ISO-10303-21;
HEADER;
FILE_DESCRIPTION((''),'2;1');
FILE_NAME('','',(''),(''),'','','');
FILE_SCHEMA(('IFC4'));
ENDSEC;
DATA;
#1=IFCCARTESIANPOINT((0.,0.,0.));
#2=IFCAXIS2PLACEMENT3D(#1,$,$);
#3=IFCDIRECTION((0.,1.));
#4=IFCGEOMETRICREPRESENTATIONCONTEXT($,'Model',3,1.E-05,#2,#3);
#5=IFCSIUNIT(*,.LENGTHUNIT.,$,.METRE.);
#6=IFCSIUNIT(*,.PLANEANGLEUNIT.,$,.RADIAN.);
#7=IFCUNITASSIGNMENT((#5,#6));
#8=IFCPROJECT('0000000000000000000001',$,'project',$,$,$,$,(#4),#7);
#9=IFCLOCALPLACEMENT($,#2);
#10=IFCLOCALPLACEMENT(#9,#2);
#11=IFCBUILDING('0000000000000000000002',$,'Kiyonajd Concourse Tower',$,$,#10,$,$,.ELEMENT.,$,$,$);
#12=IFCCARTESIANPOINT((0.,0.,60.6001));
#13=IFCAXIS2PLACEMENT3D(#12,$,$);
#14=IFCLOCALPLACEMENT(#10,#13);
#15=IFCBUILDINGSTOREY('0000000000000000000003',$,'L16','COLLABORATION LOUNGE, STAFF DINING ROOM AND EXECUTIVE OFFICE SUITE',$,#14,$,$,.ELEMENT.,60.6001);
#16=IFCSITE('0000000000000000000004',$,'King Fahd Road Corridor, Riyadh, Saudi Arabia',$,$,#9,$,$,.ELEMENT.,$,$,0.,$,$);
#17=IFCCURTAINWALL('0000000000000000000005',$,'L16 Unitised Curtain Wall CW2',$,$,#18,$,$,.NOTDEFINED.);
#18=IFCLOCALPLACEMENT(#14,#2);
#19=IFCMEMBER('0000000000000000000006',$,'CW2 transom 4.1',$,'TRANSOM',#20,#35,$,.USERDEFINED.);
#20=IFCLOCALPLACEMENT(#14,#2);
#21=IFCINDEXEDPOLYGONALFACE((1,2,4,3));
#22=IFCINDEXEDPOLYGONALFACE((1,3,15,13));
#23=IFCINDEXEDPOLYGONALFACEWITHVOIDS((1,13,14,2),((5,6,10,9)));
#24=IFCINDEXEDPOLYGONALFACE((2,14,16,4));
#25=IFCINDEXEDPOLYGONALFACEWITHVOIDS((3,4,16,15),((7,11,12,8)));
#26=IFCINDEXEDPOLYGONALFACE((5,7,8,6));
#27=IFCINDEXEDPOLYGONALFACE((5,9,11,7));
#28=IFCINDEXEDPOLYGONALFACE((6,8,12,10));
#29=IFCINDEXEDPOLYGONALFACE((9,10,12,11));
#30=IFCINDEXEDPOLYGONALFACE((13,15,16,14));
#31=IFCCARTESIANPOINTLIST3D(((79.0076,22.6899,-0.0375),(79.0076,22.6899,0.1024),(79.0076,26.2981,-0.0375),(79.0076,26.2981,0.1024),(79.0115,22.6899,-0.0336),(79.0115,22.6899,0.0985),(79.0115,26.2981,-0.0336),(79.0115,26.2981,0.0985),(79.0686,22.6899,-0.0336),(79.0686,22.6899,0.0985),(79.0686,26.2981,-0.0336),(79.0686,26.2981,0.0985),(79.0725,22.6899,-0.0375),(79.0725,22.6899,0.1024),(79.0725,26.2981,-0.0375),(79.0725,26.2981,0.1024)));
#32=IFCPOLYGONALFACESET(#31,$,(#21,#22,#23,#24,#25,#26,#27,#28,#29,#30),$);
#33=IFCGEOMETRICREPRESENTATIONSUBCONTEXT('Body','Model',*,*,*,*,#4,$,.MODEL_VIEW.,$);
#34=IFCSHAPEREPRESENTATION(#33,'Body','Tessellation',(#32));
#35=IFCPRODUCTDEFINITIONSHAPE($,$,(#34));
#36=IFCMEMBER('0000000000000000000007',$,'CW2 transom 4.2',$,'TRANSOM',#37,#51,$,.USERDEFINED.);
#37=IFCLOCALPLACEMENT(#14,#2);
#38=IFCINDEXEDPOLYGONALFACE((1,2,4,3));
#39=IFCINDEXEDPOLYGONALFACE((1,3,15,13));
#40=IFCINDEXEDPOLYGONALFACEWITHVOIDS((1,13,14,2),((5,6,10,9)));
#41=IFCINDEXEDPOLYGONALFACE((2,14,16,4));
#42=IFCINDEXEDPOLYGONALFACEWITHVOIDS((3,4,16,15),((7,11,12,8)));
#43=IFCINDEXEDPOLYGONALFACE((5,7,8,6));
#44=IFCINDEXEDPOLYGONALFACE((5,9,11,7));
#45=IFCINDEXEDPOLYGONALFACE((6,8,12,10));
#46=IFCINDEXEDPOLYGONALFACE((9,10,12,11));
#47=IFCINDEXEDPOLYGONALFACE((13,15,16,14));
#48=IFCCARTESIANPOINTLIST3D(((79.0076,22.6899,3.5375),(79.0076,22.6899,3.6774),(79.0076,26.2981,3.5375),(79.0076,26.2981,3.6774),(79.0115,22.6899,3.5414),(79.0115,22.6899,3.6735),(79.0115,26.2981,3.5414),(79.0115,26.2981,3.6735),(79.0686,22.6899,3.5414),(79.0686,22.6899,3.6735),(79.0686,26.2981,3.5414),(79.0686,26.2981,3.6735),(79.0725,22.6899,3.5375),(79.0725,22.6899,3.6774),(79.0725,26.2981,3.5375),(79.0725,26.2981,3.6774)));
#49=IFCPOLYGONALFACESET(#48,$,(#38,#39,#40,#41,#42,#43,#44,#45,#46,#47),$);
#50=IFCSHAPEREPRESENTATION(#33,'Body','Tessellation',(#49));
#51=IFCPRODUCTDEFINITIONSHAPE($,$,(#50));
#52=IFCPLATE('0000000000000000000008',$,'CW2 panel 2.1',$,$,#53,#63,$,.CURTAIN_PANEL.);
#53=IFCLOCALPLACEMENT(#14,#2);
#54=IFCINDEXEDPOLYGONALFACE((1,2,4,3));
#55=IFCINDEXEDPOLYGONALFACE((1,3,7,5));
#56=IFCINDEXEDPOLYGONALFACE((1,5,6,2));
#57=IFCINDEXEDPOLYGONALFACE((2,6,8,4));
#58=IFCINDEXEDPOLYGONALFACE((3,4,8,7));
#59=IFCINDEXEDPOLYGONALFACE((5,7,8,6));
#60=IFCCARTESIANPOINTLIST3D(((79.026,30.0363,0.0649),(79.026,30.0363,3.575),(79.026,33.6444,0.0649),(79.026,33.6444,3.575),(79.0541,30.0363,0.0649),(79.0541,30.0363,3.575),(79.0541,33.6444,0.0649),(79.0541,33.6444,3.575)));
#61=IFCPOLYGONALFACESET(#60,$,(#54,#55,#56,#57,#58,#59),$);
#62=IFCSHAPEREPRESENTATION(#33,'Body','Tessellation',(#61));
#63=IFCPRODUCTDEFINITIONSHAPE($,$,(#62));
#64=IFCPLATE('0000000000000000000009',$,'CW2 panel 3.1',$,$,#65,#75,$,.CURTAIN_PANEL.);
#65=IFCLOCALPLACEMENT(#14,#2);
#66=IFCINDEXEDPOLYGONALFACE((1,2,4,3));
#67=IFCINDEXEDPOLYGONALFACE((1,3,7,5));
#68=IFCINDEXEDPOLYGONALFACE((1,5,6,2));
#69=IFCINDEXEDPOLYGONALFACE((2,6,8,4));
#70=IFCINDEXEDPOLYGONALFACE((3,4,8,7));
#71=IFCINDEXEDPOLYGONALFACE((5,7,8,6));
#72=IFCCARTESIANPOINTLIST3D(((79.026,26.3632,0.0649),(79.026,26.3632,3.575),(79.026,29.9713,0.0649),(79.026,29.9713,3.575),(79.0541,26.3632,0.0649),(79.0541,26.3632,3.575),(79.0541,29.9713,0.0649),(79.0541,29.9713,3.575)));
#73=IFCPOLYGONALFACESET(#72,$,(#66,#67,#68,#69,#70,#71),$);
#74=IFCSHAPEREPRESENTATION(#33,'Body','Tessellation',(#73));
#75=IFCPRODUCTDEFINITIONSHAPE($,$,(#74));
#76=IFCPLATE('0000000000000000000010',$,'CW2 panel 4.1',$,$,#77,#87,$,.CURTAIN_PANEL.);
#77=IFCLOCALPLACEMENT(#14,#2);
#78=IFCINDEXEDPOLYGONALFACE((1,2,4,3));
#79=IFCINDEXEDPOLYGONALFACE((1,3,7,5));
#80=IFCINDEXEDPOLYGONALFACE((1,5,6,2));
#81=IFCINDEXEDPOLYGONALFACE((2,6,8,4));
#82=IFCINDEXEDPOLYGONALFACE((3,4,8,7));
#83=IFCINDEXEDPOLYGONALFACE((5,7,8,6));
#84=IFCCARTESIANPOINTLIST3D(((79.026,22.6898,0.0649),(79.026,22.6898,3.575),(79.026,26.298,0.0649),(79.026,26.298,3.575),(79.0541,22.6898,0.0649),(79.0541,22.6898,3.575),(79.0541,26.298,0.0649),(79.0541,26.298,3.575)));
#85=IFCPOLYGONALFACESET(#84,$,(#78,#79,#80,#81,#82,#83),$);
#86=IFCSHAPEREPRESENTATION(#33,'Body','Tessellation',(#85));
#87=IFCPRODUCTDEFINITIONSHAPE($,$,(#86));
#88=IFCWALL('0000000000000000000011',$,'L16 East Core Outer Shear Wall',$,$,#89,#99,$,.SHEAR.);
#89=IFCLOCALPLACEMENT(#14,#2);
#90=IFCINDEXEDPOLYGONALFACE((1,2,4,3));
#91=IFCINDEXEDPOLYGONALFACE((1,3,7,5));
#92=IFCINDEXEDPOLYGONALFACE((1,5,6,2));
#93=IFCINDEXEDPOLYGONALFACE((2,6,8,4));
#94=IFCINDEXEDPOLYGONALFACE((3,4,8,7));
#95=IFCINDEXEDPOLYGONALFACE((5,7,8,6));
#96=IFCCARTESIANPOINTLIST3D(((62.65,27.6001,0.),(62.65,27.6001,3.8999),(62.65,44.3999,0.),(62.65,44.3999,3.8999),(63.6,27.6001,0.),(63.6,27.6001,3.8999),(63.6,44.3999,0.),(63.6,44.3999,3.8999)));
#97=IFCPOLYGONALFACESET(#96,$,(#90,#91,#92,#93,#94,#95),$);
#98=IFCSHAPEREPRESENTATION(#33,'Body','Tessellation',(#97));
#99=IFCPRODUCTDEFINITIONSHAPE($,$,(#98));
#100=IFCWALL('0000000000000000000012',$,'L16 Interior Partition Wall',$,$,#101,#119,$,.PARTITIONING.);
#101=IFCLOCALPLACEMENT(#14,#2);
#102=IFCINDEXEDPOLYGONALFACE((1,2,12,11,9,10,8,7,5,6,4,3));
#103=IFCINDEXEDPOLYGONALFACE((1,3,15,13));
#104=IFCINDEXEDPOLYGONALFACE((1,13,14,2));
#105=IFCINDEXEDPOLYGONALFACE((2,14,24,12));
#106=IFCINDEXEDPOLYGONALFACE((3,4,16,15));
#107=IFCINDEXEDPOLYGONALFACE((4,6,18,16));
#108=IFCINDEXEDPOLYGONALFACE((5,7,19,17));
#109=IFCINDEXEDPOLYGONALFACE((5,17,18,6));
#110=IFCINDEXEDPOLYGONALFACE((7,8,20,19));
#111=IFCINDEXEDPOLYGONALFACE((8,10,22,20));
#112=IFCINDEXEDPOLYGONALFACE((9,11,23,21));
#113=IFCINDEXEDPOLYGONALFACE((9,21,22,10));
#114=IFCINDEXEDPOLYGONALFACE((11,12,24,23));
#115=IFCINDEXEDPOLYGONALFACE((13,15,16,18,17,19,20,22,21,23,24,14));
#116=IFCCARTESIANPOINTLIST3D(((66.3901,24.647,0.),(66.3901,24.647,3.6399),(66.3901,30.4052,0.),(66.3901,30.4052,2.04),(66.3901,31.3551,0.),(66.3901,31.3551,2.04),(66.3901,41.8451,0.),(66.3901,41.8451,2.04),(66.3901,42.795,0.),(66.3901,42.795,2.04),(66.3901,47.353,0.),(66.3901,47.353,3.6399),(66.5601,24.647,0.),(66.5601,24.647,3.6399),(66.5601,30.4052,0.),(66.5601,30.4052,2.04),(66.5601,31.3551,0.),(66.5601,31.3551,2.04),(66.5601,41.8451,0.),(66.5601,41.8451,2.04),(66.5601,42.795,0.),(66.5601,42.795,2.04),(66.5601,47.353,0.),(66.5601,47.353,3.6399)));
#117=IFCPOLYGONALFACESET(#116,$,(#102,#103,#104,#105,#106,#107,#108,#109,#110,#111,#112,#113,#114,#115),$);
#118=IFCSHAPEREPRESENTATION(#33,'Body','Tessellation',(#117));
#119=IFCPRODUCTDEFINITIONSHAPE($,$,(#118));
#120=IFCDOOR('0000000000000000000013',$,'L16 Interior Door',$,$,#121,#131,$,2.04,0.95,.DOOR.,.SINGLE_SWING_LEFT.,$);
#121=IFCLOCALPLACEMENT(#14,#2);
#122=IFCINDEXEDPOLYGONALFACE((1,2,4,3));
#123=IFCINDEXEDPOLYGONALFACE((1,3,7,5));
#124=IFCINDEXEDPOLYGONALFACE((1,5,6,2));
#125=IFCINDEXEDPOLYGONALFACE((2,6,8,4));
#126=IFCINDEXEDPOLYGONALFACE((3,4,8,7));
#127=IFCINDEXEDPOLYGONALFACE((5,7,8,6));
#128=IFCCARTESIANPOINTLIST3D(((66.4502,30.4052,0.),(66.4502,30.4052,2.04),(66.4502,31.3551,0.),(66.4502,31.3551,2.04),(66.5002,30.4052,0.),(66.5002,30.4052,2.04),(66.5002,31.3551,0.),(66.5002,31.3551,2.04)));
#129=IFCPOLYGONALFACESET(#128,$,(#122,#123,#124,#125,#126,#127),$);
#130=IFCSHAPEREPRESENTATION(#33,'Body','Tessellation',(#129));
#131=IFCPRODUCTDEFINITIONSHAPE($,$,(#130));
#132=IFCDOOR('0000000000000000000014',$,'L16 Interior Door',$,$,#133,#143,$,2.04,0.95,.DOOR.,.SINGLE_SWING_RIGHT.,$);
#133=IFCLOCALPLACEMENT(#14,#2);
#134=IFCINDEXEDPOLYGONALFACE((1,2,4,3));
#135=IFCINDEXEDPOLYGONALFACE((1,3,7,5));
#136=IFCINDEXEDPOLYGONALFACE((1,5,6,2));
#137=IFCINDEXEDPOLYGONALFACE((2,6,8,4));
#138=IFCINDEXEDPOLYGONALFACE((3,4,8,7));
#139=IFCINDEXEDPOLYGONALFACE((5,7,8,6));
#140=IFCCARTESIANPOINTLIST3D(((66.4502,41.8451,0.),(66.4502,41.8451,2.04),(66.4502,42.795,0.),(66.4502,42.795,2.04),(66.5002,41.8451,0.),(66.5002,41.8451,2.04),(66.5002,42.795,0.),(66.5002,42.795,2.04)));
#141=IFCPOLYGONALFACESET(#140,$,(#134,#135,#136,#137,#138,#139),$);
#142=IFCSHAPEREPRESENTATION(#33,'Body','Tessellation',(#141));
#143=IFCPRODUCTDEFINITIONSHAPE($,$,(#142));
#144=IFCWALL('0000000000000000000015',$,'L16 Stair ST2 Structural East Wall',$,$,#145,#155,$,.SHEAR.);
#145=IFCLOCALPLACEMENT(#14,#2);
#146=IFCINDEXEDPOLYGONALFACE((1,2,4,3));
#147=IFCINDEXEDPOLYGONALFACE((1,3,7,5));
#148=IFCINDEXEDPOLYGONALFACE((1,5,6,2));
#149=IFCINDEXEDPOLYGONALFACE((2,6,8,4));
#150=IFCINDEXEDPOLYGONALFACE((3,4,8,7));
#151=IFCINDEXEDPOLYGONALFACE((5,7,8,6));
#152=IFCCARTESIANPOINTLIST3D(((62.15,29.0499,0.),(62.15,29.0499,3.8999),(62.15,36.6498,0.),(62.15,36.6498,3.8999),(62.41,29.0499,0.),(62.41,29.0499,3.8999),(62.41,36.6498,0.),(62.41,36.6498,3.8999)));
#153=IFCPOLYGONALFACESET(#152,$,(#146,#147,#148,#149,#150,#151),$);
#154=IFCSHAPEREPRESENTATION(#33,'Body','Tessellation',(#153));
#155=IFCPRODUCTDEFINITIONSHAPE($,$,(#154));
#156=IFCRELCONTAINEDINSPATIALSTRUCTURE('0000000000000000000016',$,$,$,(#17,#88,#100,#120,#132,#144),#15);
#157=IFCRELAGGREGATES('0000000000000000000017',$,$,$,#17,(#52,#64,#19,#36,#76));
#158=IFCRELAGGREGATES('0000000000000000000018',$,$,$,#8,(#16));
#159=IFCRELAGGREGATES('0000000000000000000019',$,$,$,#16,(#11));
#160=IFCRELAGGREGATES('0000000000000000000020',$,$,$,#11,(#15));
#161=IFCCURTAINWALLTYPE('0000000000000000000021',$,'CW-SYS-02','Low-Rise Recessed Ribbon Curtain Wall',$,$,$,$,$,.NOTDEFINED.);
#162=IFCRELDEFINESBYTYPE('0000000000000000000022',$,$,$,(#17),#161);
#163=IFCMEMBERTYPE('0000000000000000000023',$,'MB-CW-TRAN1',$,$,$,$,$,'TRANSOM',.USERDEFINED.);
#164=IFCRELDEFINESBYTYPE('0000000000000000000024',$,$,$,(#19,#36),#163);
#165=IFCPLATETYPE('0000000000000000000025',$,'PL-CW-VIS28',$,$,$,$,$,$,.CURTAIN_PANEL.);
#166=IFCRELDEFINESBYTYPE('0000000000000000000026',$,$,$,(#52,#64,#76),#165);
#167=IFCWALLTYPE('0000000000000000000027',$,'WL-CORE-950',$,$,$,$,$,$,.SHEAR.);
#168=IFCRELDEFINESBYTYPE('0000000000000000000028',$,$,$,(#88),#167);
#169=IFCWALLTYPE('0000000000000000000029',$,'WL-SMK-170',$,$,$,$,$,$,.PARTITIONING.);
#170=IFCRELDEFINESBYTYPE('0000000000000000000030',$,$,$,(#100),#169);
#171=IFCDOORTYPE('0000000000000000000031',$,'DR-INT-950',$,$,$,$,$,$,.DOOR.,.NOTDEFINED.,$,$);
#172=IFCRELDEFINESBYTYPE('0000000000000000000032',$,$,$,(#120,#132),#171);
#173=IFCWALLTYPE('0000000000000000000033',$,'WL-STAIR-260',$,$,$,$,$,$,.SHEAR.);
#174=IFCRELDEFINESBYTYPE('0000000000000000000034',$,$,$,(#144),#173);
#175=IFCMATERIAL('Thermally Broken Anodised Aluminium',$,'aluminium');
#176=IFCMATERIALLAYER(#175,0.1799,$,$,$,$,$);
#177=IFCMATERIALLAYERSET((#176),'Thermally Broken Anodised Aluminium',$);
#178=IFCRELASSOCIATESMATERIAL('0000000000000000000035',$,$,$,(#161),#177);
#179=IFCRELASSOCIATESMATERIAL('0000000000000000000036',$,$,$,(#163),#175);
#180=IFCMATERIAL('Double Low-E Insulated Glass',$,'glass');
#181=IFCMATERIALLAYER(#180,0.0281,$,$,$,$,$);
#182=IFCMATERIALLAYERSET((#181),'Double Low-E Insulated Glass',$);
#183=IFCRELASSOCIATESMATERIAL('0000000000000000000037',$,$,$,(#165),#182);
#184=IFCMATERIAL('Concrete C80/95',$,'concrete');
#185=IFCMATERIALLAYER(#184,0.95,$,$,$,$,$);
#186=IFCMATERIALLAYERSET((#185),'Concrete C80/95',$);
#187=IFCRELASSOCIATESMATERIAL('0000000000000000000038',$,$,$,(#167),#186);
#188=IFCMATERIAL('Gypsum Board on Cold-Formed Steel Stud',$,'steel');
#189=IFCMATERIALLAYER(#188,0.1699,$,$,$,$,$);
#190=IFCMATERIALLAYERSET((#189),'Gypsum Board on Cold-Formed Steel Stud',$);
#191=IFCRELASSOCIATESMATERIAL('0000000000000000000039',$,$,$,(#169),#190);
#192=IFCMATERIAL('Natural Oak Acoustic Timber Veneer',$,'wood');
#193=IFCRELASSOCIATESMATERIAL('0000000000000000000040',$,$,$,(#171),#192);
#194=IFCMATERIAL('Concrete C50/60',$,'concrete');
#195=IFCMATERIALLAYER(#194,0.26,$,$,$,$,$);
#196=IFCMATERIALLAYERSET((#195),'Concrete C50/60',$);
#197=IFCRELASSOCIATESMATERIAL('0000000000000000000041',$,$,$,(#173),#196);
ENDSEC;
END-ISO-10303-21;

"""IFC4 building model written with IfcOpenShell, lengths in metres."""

from ifc_helpers import new_model, si_unit, direction, frame, frame_2d, origin, origin_2d, place, context, subcontext, project, spatial, rectangle, hollow_rectangle, extrude, material, layer, layer_set, material_profile, profile_set, type_object, element, fill, aggregate, save


model = new_model("IFC4")

# Units and contexts
model_context = context("Model", 3, precision=1e-05, world=origin(), true_north=direction((0.0, 1.0)))
body_context = subcontext(model_context, "Body", "Model", "MODEL_VIEW")
ifc_project = project(units=[si_unit("LENGTHUNIT", "METRE"), si_unit("PLANEANGLEUNIT", "RADIAN")], contexts=[model_context])

# Site, building, storey
site_placement = place(None, origin())
site = spatial("IfcSite", under=ifc_project, at=site_placement, Name="King Fahd Road Corridor, Riyadh, Saudi Arabia", CompositionType="ELEMENT", RefElevation=0.0)
building_placement = place(site_placement, origin())
building = spatial("IfcBuilding", under=site, at=building_placement, Name="Kiyonajd Concourse Tower", CompositionType="ELEMENT")
storey_placement = place(building_placement, frame((0.0, 0.0, 60.6001)))
storey = spatial("IfcBuildingStorey", under=building, at=storey_placement, Name="L16", Description="COLLABORATION LOUNGE, STAFF DINING ROOM AND EXECUTIVE OFFICE SUITE", CompositionType="ELEMENT", Elevation=60.6001)

# Shared definitions
ifc_material_1 = material(Name="Concrete C80/95", Category="concrete")

# Curtain wall, members, plates
ifc_material_2 = material(Name="Thermally Broken Anodised Aluminium", Category="aluminium")
ifc_layer_1 = layer(ifc_material_2, 0.1799)
ifc_layer_set_1 = layer_set([ifc_layer_1], Name="Thermally Broken Anodised Aluminium")
curtain_wall_type = type_object("IfcCurtainWallType", Name="CW-SYS-02", Description="Low-Rise Recessed Ribbon Curtain Wall", PredefinedType="NOTDEFINED", material=ifc_layer_set_1)
curtain_wall_placement = place(storey_placement, origin())
curtain_wall = element("IfcCurtainWall", 1, at=curtain_wall_placement, inside=storey, type_object=curtain_wall_type, Name="L16 Unitised Curtain Wall CW2", PredefinedType="NOTDEFINED")
ifc_material_profile_1 = material_profile(ifc_material_2, hollow_rectangle(XDim=0.0649, YDim=0.1399, WallThickness=0.0039, at=origin_2d()), Name="TRAN-65x140")
ifc_profile_set_1 = profile_set([ifc_material_profile_1], Name="Thermally Broken Anodised Aluminium")
member_type_1 = type_object("IfcMemberType", Name="MB-CW-TRAN1", ElementType="TRANSOM", PredefinedType="USERDEFINED", material=ifc_profile_set_1)
member_1_placement = place(storey_placement, frame((79.04, 26.2981, 0.0325), z_axis=(0.0, -1.0, 0.0), x_axis=(1.0, 0.0, 0.0)))
member_1 = element("IfcMember", 2, at=member_1_placement, type_object=member_type_1, Name="CW2 transom 4.1", ObjectType="TRANSOM", PredefinedType="USERDEFINED", context=body_context, shape_type="SweptSolid", body=[
    extrude(hollow_rectangle(XDim=0.0649, YDim=0.1399, WallThickness=0.0039, at=origin_2d()), origin(), (0.0, 0.0, 1.0), 3.6082),
])
member_2_placement = place(storey_placement, frame((79.04, 26.2981, 3.6074), z_axis=(0.0, -1.0, 0.0), x_axis=(1.0, 0.0, 0.0)))
member_2 = element("IfcMember", 3, at=member_2_placement, type_object=member_type_1, Name="CW2 transom 4.2", ObjectType="TRANSOM", PredefinedType="USERDEFINED", context=body_context, shape_type="SweptSolid", body=[
    extrude(hollow_rectangle(XDim=0.0649, YDim=0.1399, WallThickness=0.0039, at=origin_2d()), origin(), (0.0, 0.0, 1.0), 3.6082),
])
ifc_material_3 = material(Name="Double Low-E Insulated Glass", Category="glass")
ifc_layer_2 = layer(ifc_material_3, 0.0281)
ifc_layer_set_2 = layer_set([ifc_layer_2], Name="Double Low-E Insulated Glass")
plate_type = type_object("IfcPlateType", Name="PL-CW-VIS28", PredefinedType="CURTAIN_PANEL", material=ifc_layer_set_2)
plate_1_placement = place(storey_placement, frame((79.04, 31.8403, 0.0649), z_axis=(0.0, 0.0, 1.0), x_axis=(0.0, -1.0, 0.0)))
plate_1 = element("IfcPlate", 4, at=plate_1_placement, type_object=plate_type, Name="CW2 panel 2.1", PredefinedType="CURTAIN_PANEL", context=body_context, shape_type="SweptSolid", body=[
    extrude(rectangle(XDim=3.6082, YDim=0.0281, at=origin_2d()), origin(), (0.0, 0.0, 1.0), 3.51),
])
plate_2_placement = place(storey_placement, frame((79.04, 28.1672, 0.0649), z_axis=(0.0, 0.0, 1.0), x_axis=(0.0, -1.0, 0.0)))
plate_2 = element("IfcPlate", 5, at=plate_2_placement, type_object=plate_type, Name="CW2 panel 3.1", PredefinedType="CURTAIN_PANEL", context=body_context, shape_type="SweptSolid", body=[
    extrude(rectangle(XDim=3.6082, YDim=0.0281, at=origin_2d()), origin(), (0.0, 0.0, 1.0), 3.51),
])
plate_3_placement = place(storey_placement, frame((79.04, 24.4939, 0.0649), z_axis=(0.0, 0.0, 1.0), x_axis=(0.0, -1.0, 0.0)))
plate_3 = element("IfcPlate", 6, at=plate_3_placement, type_object=plate_type, Name="CW2 panel 4.1", PredefinedType="CURTAIN_PANEL", context=body_context, shape_type="SweptSolid", body=[
    extrude(rectangle(XDim=3.6082, YDim=0.0281, at=origin_2d()), origin(), (0.0, 0.0, 1.0), 3.51),
])
aggregate(curtain_wall, [plate_1, plate_2, member_1, member_2, plate_3])

# Wall
ifc_layer_3 = layer(ifc_material_1, 0.95)
ifc_layer_set_3 = layer_set([ifc_layer_3], Name="Concrete C80/95")
wall_type_1 = type_object("IfcWallType", Name="WL-CORE-950", PredefinedType="SHEAR", material=ifc_layer_set_3)
wall_1_placement = place(storey_placement, frame((63.125, 27.6001, 0.0), z_axis=(0.0, 0.0, 1.0), x_axis=(0.0, 1.0, 0.0)))
element("IfcWall", 7, at=wall_1_placement, inside=storey, type_object=wall_type_1, Name="L16 East Core Outer Shear Wall", PredefinedType="SHEAR", context=body_context, shape_type="SweptSolid", body=[
    extrude(rectangle(XDim=16.7998, YDim=0.95, at=frame_2d((8.3999, 0.0))), origin(), (0.0, 0.0, 1.0), 3.8999),
])

# Wall, openings, doors
ifc_material_4 = material(Name="Gypsum Board on Cold-Formed Steel Stud", Category="steel")
ifc_layer_4 = layer(ifc_material_4, 0.1699)
ifc_layer_set_4 = layer_set([ifc_layer_4], Name="Gypsum Board on Cold-Formed Steel Stud")
wall_type_2 = type_object("IfcWallType", Name="WL-SMK-170", PredefinedType="PARTITIONING", material=ifc_layer_set_4)
wall_2_placement = place(storey_placement, frame((66.4751, 24.647, 0.0), z_axis=(0.0, 0.0, 1.0), x_axis=(0.0, 1.0, 0.0)))
wall_2 = element("IfcWall", 8, at=wall_2_placement, inside=storey, type_object=wall_type_2, Name="L16 Interior Partition Wall", PredefinedType="PARTITIONING", context=body_context, shape_type="SweptSolid", body=[
    extrude(rectangle(XDim=22.7061, YDim=0.1699, at=frame_2d((11.353, 0.0))), origin(), (0.0, 0.0, 1.0), 3.6399),
])
opening_1_placement = place(wall_2_placement, frame((5.7581, 0.0, 0.0)))
opening_1 = element("IfcOpeningElement", 9, at=opening_1_placement, cuts=wall_2, PredefinedType="OPENING", context=body_context, shape_type="SweptSolid", body=[
    extrude(rectangle(XDim=0.95, YDim=2.04, at=frame_2d((0.4751, 1.02))), frame((0.0, 0.095, 0.0), z_axis=(0.0, -1.0, 0.0), x_axis=(1.0, 0.0, 0.0)), (0.0, 0.0, 1.0), 0.1899),
])
opening_2_placement = place(wall_2_placement, frame((17.198, 0.0, 0.0)))
opening_2 = element("IfcOpeningElement", 10, at=opening_2_placement, cuts=wall_2, PredefinedType="OPENING", context=body_context, shape_type="SweptSolid", body=[
    extrude(rectangle(XDim=0.95, YDim=2.04, at=frame_2d((0.4751, 1.02))), frame((0.0, 0.095, 0.0), z_axis=(0.0, -1.0, 0.0), x_axis=(1.0, 0.0, 0.0)), (0.0, 0.0, 1.0), 0.1899),
])
ifc_material_5 = material(Name="Natural Oak Acoustic Timber Veneer", Category="wood")
door_type = type_object("IfcDoorType", Name="DR-INT-950", OperationType="NOTDEFINED", PredefinedType="DOOR", material=ifc_material_5)
door_1_placement = place(opening_1_placement, origin())
door_1 = element("IfcDoor", 11, at=door_1_placement, inside=storey, type_object=door_type, Name="L16 Interior Door", OperationType="SINGLE_SWING_LEFT", OverallHeight=2.04, OverallWidth=0.95, PredefinedType="DOOR", context=body_context, shape_type="SweptSolid", body=[
    extrude(rectangle(XDim=0.95, YDim=2.04, at=frame_2d((0.4751, 1.02))), frame((0.0, 0.0249, 0.0), z_axis=(0.0, -1.0, 0.0), x_axis=(1.0, 0.0, 0.0)), (0.0, 0.0, 1.0), 0.05),
])
fill(opening_1, door_1)
door_2_placement = place(opening_2_placement, origin())
door_2 = element("IfcDoor", 12, at=door_2_placement, inside=storey, type_object=door_type, Name="L16 Interior Door", OperationType="SINGLE_SWING_RIGHT", OverallHeight=2.04, OverallWidth=0.95, PredefinedType="DOOR", context=body_context, shape_type="SweptSolid", body=[
    extrude(rectangle(XDim=0.95, YDim=2.04, at=frame_2d((0.4751, 1.02))), frame((0.0, 0.0249, 0.0), z_axis=(0.0, -1.0, 0.0), x_axis=(1.0, 0.0, 0.0)), (0.0, 0.0, 1.0), 0.05),
])
fill(opening_2, door_2)

# Wall
ifc_material_6 = material(Name="Concrete C50/60", Category="concrete")
ifc_layer_5 = layer(ifc_material_6, 0.26)
ifc_layer_set_5 = layer_set([ifc_layer_5], Name="Concrete C50/60")
wall_type_3 = type_object("IfcWallType", Name="WL-STAIR-260", PredefinedType="SHEAR", material=ifc_layer_set_5)
wall_3_placement = place(storey_placement, frame((62.28, 29.05, 0.0), z_axis=(0.0, 0.0, 1.0), x_axis=(0.0, 1.0, 0.0)))
element("IfcWall", 13, at=wall_3_placement, inside=storey, type_object=wall_type_3, Name="L16 Stair ST2 Structural East Wall", PredefinedType="SHEAR", context=body_context, shape_type="SweptSolid", body=[
    extrude(rectangle(XDim=7.5999, YDim=0.26, at=frame_2d((3.7998, 0.0))), origin(), (0.0, 0.0, 1.0), 3.8999),
])

save(model, "model.ifc")
